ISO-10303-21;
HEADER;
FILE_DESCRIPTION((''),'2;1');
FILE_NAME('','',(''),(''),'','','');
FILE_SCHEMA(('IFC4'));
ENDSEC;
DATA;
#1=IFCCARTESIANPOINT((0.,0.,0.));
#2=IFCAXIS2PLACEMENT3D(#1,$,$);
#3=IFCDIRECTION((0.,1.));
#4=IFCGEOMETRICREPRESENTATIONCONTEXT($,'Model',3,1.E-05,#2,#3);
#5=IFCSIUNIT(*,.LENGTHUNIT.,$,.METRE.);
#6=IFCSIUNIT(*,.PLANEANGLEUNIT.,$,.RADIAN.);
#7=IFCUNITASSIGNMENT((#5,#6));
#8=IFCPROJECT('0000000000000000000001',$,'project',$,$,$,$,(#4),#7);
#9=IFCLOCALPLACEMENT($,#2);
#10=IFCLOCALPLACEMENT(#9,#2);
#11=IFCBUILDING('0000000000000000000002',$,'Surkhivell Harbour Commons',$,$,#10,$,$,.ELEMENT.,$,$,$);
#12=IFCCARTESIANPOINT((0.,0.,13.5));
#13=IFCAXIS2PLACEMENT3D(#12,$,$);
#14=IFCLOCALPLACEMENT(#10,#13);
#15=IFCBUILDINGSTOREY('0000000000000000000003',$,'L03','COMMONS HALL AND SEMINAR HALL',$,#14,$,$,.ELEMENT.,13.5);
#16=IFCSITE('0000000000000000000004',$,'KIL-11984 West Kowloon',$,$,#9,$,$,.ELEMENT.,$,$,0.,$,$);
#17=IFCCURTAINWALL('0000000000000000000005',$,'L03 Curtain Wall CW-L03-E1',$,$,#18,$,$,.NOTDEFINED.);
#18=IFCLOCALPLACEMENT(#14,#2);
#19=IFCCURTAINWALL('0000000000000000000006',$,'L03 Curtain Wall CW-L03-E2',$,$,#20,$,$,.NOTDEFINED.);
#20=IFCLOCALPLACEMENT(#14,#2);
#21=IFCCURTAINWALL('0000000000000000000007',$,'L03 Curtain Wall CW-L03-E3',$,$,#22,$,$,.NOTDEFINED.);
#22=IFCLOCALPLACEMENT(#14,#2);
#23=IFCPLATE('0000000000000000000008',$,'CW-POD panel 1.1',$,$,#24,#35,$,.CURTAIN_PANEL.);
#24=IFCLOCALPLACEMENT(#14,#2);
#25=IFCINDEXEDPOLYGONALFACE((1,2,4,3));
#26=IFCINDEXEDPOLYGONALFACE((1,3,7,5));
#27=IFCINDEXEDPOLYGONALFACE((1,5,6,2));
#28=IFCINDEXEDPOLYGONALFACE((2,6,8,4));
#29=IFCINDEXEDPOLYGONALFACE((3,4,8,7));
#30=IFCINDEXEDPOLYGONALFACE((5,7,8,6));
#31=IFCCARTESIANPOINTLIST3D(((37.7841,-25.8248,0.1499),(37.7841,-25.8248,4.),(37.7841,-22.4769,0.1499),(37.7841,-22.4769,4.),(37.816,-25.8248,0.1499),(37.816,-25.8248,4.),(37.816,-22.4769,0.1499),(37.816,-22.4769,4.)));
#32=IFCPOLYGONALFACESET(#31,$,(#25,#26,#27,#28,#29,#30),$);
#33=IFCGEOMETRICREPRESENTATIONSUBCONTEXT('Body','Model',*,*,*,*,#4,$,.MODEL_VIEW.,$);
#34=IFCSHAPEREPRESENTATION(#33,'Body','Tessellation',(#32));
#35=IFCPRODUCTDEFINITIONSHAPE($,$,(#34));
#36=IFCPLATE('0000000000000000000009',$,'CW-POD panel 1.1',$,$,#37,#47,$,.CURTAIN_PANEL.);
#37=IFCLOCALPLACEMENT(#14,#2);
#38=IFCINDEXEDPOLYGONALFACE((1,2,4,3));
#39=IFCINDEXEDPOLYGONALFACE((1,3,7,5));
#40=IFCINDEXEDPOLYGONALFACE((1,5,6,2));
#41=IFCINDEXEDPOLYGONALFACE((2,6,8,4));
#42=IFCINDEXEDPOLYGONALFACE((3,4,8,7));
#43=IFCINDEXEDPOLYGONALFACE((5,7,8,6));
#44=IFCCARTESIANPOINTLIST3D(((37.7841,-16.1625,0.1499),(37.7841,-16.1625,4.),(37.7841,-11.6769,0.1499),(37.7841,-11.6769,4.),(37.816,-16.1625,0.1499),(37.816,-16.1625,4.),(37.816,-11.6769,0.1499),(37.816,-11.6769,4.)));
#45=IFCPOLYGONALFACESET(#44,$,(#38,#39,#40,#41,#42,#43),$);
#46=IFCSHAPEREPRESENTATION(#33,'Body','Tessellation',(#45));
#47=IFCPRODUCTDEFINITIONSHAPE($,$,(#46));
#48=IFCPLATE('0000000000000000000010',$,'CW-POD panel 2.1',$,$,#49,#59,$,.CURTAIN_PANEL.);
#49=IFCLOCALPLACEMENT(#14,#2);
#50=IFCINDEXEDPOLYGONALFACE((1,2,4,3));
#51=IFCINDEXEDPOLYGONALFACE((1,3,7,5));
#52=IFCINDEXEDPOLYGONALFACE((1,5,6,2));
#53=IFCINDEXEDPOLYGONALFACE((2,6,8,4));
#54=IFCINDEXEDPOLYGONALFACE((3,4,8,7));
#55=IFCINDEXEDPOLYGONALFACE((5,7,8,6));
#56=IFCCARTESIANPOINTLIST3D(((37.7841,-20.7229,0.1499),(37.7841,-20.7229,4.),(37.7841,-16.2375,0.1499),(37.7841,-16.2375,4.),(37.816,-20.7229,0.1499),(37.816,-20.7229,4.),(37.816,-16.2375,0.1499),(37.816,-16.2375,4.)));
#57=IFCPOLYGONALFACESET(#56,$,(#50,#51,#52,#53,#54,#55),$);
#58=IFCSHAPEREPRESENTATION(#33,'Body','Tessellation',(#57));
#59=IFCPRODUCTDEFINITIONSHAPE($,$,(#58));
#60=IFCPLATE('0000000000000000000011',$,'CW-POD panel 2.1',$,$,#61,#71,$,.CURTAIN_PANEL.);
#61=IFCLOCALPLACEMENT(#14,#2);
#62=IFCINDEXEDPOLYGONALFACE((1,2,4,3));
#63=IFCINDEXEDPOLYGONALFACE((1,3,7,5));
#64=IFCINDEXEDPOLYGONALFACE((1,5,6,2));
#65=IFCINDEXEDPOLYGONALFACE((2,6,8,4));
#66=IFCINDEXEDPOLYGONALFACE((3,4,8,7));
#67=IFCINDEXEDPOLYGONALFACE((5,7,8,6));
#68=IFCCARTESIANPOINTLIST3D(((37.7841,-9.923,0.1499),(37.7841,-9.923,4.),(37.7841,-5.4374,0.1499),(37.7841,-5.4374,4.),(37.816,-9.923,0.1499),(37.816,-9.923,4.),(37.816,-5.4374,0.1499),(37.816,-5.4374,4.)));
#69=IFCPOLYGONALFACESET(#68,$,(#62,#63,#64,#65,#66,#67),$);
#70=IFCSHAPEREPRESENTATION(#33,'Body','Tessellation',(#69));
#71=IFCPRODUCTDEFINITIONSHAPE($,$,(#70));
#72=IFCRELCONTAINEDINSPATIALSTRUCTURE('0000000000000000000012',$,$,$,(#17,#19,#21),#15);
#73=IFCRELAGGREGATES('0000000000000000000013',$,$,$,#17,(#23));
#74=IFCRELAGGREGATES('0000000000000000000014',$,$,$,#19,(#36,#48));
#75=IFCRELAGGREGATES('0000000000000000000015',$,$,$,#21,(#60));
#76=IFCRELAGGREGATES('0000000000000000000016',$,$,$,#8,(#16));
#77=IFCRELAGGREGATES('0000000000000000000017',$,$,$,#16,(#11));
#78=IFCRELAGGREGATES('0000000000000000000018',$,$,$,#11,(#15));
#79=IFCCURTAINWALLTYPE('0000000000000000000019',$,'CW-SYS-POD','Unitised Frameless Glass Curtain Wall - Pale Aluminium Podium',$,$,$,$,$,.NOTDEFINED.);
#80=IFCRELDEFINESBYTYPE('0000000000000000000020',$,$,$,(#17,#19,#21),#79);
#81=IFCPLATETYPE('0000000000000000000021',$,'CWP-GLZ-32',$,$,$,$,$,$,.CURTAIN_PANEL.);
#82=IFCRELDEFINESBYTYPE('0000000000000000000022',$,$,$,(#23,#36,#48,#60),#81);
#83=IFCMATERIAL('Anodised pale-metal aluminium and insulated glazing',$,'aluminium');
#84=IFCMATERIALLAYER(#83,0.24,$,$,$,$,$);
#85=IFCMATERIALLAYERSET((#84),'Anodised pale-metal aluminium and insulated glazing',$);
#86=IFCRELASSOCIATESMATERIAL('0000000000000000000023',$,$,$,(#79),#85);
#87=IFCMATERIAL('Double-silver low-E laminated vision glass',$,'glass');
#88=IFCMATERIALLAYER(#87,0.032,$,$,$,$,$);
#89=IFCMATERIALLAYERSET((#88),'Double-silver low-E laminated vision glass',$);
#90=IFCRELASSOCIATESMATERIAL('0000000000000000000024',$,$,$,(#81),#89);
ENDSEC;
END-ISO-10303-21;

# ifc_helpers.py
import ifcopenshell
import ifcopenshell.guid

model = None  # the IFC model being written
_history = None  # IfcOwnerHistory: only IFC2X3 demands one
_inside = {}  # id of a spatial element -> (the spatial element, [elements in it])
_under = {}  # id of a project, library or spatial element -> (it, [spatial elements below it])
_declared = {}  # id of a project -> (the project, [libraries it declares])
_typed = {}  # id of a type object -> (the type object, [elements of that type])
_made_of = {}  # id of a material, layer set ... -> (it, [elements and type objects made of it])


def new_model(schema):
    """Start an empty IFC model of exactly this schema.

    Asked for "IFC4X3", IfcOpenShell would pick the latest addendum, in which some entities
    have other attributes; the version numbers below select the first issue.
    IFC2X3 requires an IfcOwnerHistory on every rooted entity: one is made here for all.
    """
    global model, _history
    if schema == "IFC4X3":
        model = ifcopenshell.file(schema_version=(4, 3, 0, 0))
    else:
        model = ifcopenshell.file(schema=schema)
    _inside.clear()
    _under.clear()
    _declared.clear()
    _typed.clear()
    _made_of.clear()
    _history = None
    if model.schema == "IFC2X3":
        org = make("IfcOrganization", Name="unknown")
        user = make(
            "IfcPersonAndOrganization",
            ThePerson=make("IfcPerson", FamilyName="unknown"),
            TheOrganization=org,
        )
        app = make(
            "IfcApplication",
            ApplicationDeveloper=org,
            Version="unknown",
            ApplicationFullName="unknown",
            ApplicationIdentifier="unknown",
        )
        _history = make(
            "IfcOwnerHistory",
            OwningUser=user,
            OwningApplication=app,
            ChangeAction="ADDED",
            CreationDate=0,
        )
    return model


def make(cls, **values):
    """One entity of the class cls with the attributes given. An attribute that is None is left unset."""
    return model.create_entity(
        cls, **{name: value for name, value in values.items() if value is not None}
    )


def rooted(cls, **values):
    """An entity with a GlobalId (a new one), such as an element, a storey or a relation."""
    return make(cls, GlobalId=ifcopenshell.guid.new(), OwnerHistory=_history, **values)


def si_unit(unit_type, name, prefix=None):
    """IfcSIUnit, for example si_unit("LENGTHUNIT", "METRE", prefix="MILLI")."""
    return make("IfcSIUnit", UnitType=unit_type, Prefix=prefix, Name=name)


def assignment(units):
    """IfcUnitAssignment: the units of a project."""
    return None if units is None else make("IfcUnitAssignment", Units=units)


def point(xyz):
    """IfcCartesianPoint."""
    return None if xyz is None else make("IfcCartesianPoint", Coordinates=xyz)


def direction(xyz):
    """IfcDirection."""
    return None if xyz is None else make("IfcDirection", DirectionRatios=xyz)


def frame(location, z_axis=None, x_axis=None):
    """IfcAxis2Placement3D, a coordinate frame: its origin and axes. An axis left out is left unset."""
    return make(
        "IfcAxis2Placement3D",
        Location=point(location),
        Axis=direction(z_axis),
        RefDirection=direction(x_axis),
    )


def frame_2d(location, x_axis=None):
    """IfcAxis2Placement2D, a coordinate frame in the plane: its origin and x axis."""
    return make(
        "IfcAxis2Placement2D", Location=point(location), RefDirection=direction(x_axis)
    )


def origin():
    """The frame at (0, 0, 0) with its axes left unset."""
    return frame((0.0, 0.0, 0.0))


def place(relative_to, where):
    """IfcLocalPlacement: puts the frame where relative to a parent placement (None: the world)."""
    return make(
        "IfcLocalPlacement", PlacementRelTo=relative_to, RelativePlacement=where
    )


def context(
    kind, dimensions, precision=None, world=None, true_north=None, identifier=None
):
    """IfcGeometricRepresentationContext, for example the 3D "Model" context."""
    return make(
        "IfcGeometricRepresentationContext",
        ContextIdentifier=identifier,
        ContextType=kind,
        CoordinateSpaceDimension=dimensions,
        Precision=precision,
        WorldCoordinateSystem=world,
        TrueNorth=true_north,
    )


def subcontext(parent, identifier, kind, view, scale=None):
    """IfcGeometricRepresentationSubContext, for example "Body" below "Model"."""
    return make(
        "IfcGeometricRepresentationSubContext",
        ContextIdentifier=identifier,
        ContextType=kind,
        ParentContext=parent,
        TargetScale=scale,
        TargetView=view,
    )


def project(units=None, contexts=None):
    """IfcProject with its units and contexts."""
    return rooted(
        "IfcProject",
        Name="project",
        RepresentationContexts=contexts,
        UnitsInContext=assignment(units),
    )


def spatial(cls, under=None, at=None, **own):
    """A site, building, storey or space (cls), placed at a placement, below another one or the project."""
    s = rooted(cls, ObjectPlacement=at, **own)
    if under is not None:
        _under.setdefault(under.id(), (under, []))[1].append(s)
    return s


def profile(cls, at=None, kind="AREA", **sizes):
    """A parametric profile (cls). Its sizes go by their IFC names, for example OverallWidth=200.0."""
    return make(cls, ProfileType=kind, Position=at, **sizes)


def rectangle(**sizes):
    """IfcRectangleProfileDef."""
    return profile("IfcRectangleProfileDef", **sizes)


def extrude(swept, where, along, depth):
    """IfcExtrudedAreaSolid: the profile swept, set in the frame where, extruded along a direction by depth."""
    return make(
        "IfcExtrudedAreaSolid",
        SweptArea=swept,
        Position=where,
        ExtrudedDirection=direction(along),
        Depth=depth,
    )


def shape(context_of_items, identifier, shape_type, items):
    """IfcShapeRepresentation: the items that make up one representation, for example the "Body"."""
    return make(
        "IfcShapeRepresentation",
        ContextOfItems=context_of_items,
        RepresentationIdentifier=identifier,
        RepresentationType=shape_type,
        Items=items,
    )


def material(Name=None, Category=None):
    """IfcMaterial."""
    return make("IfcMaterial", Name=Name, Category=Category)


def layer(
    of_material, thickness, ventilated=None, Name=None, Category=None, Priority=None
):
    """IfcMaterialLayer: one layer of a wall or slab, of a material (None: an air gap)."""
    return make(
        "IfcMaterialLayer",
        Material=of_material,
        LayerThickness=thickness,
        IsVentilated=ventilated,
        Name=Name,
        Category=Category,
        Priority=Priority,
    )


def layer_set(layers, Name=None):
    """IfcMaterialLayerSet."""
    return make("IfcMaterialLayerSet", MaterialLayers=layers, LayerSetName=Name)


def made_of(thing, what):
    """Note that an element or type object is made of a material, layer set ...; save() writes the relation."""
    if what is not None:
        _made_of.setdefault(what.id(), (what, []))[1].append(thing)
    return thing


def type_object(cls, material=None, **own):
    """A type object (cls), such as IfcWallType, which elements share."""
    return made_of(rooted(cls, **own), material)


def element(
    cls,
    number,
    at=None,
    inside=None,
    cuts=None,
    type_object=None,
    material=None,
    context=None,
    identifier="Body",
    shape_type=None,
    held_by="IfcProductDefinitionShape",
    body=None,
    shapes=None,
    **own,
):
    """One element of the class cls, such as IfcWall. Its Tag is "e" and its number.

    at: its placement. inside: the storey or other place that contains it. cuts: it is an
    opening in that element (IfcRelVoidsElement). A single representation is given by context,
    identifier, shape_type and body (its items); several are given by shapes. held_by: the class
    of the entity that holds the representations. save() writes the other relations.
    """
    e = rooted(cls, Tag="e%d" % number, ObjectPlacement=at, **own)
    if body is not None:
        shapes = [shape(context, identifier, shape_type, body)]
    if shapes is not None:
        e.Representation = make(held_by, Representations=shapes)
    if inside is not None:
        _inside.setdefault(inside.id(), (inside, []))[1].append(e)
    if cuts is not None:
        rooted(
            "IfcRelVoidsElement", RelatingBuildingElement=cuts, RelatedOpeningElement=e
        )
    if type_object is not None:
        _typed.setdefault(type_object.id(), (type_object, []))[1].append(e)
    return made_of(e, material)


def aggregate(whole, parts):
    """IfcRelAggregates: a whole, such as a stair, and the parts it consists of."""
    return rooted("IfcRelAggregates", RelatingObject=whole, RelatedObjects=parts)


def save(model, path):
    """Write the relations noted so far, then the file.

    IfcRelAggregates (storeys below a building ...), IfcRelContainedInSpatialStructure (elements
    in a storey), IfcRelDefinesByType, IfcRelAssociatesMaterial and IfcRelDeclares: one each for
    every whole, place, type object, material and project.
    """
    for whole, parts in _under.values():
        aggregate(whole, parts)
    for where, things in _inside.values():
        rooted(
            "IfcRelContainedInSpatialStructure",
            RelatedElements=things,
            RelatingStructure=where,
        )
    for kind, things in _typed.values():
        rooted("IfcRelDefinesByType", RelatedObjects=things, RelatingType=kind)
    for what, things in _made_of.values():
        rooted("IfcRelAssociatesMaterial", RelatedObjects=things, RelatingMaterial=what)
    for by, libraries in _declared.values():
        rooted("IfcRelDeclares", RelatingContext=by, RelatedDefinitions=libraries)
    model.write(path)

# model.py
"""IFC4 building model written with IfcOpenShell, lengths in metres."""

from ifc_helpers import new_model, si_unit, direction, frame, frame_2d, origin, place, context, subcontext, project, spatial, rectangle, extrude, material, layer, layer_set, type_object, element, aggregate, save


model = new_model("IFC4")

# Units and contexts
model_context = context("Model", 3, precision=1e-05, world=origin(), true_north=direction((0.0, 1.0)))
body_context = subcontext(model_context, "Body", "Model", "MODEL_VIEW")
ifc_project = project(units=[si_unit("LENGTHUNIT", "METRE"), si_unit("PLANEANGLEUNIT", "RADIAN")], contexts=[model_context])

# Site, building, storey
site_placement = place(None, origin())
site = spatial("IfcSite", under=ifc_project, at=site_placement, Name="KIL-11984 West Kowloon", CompositionType="ELEMENT", RefElevation=0.0)
building_placement = place(site_placement, origin())
building = spatial("IfcBuilding", under=site, at=building_placement, Name="Surkhivell Harbour Commons", CompositionType="ELEMENT")
storey_placement = place(building_placement, frame((0.0, 0.0, 13.5)))
storey = spatial("IfcBuildingStorey", under=building, at=storey_placement, Name="L03", Description="COMMONS HALL AND SEMINAR HALL", CompositionType="ELEMENT", Elevation=13.5)

# Shared definitions
ifc_material_1 = material(Name="Anodised pale-metal aluminium and insulated glazing", Category="aluminium")
ifc_layer_1 = layer(ifc_material_1, 0.24)
ifc_layer_set_1 = layer_set([ifc_layer_1], Name="Anodised pale-metal aluminium and insulated glazing")
curtain_wall_type = type_object("IfcCurtainWallType", Name="CW-SYS-POD", Description="Unitised Frameless Glass Curtain Wall - Pale Aluminium Podium", PredefinedType="NOTDEFINED", material=ifc_layer_set_1)

# Curtain walls
curtain_wall_1_placement = place(storey_placement, origin())
curtain_wall_1 = element("IfcCurtainWall", 1, at=curtain_wall_1_placement, inside=storey, type_object=curtain_wall_type, Name="L03 Curtain Wall CW-L03-E1", PredefinedType="NOTDEFINED")
curtain_wall_2_placement = place(storey_placement, origin())
curtain_wall_2 = element("IfcCurtainWall", 2, at=curtain_wall_2_placement, inside=storey, type_object=curtain_wall_type, Name="L03 Curtain Wall CW-L03-E2", PredefinedType="NOTDEFINED")
curtain_wall_3_placement = place(storey_placement, origin())
curtain_wall_3 = element("IfcCurtainWall", 3, at=curtain_wall_3_placement, inside=storey, type_object=curtain_wall_type, Name="L03 Curtain Wall CW-L03-E3", PredefinedType="NOTDEFINED")

# Plates
ifc_material_2 = material(Name="Double-silver low-E laminated vision glass", Category="glass")
ifc_layer_2 = layer(ifc_material_2, 0.032)
ifc_layer_set_2 = layer_set([ifc_layer_2], Name="Double-silver low-E laminated vision glass")
plate_type = type_object("IfcPlateType", Name="CWP-GLZ-32", PredefinedType="CURTAIN_PANEL", material=ifc_layer_set_2)
plate_1_placement = place(storey_placement, frame((37.8, -22.4771, 0.1499), z_axis=(0.0, 0.0, 1.0), x_axis=(0.0, -1.0, 0.0)))
plate_1 = element("IfcPlate", 4, at=plate_1_placement, type_object=plate_type, Name="CW-POD panel 1.1", PredefinedType="CURTAIN_PANEL", context=body_context, shape_type="SweptSolid", body=[
    extrude(rectangle(XDim=3.3479, YDim=0.032, at=frame_2d((1.6738, 0.0))), origin(), (0.0, 0.0, 1.0), 3.8501),
])
aggregate(curtain_wall_1, [plate_1])
plate_2_placement = place(storey_placement, frame((37.8, -11.677, 0.1499), z_axis=(0.0, 0.0, 1.0), x_axis=(0.0, -1.0, 0.0)))
plate_2 = element("IfcPlate", 5, at=plate_2_placement, type_object=plate_type, Name="CW-POD panel 1.1", PredefinedType="CURTAIN_PANEL", context=body_context, shape_type="SweptSolid", body=[
    extrude(rectangle(XDim=4.4856, YDim=0.032, at=frame_2d((2.2427, 0.0))), origin(), (0.0, 0.0, 1.0), 3.8501),
])
plate_3_placement = place(storey_placement, frame((37.8, -16.2375, 0.1499), z_axis=(0.0, 0.0, 1.0), x_axis=(0.0, -1.0, 0.0)))
plate_3 = element("IfcPlate", 6, at=plate_3_placement, type_object=plate_type, Name="CW-POD panel 2.1", PredefinedType="CURTAIN_PANEL", context=body_context, shape_type="SweptSolid", body=[
    extrude(rectangle(XDim=4.4854, YDim=0.032, at=frame_2d((2.2427, 0.0))), origin(), (0.0, 0.0, 1.0), 3.8501),
])
aggregate(curtain_wall_2, [plate_2, plate_3])
plate_4_placement = place(storey_placement, frame((37.8, -5.4375, 0.1499), z_axis=(0.0, 0.0, 1.0), x_axis=(0.0, -1.0, 0.0)))
plate_4 = element("IfcPlate", 7, at=plate_4_placement, type_object=plate_type, Name="CW-POD panel 2.1", PredefinedType="CURTAIN_PANEL", context=body_context, shape_type="SweptSolid", body=[
    extrude(rectangle(XDim=4.4856, YDim=0.032, at=frame_2d((2.2427, 0.0))), origin(), (0.0, 0.0, 1.0), 3.8501),
])
aggregate(curtain_wall_3, [plate_4])

save(model, "model.ifc")
